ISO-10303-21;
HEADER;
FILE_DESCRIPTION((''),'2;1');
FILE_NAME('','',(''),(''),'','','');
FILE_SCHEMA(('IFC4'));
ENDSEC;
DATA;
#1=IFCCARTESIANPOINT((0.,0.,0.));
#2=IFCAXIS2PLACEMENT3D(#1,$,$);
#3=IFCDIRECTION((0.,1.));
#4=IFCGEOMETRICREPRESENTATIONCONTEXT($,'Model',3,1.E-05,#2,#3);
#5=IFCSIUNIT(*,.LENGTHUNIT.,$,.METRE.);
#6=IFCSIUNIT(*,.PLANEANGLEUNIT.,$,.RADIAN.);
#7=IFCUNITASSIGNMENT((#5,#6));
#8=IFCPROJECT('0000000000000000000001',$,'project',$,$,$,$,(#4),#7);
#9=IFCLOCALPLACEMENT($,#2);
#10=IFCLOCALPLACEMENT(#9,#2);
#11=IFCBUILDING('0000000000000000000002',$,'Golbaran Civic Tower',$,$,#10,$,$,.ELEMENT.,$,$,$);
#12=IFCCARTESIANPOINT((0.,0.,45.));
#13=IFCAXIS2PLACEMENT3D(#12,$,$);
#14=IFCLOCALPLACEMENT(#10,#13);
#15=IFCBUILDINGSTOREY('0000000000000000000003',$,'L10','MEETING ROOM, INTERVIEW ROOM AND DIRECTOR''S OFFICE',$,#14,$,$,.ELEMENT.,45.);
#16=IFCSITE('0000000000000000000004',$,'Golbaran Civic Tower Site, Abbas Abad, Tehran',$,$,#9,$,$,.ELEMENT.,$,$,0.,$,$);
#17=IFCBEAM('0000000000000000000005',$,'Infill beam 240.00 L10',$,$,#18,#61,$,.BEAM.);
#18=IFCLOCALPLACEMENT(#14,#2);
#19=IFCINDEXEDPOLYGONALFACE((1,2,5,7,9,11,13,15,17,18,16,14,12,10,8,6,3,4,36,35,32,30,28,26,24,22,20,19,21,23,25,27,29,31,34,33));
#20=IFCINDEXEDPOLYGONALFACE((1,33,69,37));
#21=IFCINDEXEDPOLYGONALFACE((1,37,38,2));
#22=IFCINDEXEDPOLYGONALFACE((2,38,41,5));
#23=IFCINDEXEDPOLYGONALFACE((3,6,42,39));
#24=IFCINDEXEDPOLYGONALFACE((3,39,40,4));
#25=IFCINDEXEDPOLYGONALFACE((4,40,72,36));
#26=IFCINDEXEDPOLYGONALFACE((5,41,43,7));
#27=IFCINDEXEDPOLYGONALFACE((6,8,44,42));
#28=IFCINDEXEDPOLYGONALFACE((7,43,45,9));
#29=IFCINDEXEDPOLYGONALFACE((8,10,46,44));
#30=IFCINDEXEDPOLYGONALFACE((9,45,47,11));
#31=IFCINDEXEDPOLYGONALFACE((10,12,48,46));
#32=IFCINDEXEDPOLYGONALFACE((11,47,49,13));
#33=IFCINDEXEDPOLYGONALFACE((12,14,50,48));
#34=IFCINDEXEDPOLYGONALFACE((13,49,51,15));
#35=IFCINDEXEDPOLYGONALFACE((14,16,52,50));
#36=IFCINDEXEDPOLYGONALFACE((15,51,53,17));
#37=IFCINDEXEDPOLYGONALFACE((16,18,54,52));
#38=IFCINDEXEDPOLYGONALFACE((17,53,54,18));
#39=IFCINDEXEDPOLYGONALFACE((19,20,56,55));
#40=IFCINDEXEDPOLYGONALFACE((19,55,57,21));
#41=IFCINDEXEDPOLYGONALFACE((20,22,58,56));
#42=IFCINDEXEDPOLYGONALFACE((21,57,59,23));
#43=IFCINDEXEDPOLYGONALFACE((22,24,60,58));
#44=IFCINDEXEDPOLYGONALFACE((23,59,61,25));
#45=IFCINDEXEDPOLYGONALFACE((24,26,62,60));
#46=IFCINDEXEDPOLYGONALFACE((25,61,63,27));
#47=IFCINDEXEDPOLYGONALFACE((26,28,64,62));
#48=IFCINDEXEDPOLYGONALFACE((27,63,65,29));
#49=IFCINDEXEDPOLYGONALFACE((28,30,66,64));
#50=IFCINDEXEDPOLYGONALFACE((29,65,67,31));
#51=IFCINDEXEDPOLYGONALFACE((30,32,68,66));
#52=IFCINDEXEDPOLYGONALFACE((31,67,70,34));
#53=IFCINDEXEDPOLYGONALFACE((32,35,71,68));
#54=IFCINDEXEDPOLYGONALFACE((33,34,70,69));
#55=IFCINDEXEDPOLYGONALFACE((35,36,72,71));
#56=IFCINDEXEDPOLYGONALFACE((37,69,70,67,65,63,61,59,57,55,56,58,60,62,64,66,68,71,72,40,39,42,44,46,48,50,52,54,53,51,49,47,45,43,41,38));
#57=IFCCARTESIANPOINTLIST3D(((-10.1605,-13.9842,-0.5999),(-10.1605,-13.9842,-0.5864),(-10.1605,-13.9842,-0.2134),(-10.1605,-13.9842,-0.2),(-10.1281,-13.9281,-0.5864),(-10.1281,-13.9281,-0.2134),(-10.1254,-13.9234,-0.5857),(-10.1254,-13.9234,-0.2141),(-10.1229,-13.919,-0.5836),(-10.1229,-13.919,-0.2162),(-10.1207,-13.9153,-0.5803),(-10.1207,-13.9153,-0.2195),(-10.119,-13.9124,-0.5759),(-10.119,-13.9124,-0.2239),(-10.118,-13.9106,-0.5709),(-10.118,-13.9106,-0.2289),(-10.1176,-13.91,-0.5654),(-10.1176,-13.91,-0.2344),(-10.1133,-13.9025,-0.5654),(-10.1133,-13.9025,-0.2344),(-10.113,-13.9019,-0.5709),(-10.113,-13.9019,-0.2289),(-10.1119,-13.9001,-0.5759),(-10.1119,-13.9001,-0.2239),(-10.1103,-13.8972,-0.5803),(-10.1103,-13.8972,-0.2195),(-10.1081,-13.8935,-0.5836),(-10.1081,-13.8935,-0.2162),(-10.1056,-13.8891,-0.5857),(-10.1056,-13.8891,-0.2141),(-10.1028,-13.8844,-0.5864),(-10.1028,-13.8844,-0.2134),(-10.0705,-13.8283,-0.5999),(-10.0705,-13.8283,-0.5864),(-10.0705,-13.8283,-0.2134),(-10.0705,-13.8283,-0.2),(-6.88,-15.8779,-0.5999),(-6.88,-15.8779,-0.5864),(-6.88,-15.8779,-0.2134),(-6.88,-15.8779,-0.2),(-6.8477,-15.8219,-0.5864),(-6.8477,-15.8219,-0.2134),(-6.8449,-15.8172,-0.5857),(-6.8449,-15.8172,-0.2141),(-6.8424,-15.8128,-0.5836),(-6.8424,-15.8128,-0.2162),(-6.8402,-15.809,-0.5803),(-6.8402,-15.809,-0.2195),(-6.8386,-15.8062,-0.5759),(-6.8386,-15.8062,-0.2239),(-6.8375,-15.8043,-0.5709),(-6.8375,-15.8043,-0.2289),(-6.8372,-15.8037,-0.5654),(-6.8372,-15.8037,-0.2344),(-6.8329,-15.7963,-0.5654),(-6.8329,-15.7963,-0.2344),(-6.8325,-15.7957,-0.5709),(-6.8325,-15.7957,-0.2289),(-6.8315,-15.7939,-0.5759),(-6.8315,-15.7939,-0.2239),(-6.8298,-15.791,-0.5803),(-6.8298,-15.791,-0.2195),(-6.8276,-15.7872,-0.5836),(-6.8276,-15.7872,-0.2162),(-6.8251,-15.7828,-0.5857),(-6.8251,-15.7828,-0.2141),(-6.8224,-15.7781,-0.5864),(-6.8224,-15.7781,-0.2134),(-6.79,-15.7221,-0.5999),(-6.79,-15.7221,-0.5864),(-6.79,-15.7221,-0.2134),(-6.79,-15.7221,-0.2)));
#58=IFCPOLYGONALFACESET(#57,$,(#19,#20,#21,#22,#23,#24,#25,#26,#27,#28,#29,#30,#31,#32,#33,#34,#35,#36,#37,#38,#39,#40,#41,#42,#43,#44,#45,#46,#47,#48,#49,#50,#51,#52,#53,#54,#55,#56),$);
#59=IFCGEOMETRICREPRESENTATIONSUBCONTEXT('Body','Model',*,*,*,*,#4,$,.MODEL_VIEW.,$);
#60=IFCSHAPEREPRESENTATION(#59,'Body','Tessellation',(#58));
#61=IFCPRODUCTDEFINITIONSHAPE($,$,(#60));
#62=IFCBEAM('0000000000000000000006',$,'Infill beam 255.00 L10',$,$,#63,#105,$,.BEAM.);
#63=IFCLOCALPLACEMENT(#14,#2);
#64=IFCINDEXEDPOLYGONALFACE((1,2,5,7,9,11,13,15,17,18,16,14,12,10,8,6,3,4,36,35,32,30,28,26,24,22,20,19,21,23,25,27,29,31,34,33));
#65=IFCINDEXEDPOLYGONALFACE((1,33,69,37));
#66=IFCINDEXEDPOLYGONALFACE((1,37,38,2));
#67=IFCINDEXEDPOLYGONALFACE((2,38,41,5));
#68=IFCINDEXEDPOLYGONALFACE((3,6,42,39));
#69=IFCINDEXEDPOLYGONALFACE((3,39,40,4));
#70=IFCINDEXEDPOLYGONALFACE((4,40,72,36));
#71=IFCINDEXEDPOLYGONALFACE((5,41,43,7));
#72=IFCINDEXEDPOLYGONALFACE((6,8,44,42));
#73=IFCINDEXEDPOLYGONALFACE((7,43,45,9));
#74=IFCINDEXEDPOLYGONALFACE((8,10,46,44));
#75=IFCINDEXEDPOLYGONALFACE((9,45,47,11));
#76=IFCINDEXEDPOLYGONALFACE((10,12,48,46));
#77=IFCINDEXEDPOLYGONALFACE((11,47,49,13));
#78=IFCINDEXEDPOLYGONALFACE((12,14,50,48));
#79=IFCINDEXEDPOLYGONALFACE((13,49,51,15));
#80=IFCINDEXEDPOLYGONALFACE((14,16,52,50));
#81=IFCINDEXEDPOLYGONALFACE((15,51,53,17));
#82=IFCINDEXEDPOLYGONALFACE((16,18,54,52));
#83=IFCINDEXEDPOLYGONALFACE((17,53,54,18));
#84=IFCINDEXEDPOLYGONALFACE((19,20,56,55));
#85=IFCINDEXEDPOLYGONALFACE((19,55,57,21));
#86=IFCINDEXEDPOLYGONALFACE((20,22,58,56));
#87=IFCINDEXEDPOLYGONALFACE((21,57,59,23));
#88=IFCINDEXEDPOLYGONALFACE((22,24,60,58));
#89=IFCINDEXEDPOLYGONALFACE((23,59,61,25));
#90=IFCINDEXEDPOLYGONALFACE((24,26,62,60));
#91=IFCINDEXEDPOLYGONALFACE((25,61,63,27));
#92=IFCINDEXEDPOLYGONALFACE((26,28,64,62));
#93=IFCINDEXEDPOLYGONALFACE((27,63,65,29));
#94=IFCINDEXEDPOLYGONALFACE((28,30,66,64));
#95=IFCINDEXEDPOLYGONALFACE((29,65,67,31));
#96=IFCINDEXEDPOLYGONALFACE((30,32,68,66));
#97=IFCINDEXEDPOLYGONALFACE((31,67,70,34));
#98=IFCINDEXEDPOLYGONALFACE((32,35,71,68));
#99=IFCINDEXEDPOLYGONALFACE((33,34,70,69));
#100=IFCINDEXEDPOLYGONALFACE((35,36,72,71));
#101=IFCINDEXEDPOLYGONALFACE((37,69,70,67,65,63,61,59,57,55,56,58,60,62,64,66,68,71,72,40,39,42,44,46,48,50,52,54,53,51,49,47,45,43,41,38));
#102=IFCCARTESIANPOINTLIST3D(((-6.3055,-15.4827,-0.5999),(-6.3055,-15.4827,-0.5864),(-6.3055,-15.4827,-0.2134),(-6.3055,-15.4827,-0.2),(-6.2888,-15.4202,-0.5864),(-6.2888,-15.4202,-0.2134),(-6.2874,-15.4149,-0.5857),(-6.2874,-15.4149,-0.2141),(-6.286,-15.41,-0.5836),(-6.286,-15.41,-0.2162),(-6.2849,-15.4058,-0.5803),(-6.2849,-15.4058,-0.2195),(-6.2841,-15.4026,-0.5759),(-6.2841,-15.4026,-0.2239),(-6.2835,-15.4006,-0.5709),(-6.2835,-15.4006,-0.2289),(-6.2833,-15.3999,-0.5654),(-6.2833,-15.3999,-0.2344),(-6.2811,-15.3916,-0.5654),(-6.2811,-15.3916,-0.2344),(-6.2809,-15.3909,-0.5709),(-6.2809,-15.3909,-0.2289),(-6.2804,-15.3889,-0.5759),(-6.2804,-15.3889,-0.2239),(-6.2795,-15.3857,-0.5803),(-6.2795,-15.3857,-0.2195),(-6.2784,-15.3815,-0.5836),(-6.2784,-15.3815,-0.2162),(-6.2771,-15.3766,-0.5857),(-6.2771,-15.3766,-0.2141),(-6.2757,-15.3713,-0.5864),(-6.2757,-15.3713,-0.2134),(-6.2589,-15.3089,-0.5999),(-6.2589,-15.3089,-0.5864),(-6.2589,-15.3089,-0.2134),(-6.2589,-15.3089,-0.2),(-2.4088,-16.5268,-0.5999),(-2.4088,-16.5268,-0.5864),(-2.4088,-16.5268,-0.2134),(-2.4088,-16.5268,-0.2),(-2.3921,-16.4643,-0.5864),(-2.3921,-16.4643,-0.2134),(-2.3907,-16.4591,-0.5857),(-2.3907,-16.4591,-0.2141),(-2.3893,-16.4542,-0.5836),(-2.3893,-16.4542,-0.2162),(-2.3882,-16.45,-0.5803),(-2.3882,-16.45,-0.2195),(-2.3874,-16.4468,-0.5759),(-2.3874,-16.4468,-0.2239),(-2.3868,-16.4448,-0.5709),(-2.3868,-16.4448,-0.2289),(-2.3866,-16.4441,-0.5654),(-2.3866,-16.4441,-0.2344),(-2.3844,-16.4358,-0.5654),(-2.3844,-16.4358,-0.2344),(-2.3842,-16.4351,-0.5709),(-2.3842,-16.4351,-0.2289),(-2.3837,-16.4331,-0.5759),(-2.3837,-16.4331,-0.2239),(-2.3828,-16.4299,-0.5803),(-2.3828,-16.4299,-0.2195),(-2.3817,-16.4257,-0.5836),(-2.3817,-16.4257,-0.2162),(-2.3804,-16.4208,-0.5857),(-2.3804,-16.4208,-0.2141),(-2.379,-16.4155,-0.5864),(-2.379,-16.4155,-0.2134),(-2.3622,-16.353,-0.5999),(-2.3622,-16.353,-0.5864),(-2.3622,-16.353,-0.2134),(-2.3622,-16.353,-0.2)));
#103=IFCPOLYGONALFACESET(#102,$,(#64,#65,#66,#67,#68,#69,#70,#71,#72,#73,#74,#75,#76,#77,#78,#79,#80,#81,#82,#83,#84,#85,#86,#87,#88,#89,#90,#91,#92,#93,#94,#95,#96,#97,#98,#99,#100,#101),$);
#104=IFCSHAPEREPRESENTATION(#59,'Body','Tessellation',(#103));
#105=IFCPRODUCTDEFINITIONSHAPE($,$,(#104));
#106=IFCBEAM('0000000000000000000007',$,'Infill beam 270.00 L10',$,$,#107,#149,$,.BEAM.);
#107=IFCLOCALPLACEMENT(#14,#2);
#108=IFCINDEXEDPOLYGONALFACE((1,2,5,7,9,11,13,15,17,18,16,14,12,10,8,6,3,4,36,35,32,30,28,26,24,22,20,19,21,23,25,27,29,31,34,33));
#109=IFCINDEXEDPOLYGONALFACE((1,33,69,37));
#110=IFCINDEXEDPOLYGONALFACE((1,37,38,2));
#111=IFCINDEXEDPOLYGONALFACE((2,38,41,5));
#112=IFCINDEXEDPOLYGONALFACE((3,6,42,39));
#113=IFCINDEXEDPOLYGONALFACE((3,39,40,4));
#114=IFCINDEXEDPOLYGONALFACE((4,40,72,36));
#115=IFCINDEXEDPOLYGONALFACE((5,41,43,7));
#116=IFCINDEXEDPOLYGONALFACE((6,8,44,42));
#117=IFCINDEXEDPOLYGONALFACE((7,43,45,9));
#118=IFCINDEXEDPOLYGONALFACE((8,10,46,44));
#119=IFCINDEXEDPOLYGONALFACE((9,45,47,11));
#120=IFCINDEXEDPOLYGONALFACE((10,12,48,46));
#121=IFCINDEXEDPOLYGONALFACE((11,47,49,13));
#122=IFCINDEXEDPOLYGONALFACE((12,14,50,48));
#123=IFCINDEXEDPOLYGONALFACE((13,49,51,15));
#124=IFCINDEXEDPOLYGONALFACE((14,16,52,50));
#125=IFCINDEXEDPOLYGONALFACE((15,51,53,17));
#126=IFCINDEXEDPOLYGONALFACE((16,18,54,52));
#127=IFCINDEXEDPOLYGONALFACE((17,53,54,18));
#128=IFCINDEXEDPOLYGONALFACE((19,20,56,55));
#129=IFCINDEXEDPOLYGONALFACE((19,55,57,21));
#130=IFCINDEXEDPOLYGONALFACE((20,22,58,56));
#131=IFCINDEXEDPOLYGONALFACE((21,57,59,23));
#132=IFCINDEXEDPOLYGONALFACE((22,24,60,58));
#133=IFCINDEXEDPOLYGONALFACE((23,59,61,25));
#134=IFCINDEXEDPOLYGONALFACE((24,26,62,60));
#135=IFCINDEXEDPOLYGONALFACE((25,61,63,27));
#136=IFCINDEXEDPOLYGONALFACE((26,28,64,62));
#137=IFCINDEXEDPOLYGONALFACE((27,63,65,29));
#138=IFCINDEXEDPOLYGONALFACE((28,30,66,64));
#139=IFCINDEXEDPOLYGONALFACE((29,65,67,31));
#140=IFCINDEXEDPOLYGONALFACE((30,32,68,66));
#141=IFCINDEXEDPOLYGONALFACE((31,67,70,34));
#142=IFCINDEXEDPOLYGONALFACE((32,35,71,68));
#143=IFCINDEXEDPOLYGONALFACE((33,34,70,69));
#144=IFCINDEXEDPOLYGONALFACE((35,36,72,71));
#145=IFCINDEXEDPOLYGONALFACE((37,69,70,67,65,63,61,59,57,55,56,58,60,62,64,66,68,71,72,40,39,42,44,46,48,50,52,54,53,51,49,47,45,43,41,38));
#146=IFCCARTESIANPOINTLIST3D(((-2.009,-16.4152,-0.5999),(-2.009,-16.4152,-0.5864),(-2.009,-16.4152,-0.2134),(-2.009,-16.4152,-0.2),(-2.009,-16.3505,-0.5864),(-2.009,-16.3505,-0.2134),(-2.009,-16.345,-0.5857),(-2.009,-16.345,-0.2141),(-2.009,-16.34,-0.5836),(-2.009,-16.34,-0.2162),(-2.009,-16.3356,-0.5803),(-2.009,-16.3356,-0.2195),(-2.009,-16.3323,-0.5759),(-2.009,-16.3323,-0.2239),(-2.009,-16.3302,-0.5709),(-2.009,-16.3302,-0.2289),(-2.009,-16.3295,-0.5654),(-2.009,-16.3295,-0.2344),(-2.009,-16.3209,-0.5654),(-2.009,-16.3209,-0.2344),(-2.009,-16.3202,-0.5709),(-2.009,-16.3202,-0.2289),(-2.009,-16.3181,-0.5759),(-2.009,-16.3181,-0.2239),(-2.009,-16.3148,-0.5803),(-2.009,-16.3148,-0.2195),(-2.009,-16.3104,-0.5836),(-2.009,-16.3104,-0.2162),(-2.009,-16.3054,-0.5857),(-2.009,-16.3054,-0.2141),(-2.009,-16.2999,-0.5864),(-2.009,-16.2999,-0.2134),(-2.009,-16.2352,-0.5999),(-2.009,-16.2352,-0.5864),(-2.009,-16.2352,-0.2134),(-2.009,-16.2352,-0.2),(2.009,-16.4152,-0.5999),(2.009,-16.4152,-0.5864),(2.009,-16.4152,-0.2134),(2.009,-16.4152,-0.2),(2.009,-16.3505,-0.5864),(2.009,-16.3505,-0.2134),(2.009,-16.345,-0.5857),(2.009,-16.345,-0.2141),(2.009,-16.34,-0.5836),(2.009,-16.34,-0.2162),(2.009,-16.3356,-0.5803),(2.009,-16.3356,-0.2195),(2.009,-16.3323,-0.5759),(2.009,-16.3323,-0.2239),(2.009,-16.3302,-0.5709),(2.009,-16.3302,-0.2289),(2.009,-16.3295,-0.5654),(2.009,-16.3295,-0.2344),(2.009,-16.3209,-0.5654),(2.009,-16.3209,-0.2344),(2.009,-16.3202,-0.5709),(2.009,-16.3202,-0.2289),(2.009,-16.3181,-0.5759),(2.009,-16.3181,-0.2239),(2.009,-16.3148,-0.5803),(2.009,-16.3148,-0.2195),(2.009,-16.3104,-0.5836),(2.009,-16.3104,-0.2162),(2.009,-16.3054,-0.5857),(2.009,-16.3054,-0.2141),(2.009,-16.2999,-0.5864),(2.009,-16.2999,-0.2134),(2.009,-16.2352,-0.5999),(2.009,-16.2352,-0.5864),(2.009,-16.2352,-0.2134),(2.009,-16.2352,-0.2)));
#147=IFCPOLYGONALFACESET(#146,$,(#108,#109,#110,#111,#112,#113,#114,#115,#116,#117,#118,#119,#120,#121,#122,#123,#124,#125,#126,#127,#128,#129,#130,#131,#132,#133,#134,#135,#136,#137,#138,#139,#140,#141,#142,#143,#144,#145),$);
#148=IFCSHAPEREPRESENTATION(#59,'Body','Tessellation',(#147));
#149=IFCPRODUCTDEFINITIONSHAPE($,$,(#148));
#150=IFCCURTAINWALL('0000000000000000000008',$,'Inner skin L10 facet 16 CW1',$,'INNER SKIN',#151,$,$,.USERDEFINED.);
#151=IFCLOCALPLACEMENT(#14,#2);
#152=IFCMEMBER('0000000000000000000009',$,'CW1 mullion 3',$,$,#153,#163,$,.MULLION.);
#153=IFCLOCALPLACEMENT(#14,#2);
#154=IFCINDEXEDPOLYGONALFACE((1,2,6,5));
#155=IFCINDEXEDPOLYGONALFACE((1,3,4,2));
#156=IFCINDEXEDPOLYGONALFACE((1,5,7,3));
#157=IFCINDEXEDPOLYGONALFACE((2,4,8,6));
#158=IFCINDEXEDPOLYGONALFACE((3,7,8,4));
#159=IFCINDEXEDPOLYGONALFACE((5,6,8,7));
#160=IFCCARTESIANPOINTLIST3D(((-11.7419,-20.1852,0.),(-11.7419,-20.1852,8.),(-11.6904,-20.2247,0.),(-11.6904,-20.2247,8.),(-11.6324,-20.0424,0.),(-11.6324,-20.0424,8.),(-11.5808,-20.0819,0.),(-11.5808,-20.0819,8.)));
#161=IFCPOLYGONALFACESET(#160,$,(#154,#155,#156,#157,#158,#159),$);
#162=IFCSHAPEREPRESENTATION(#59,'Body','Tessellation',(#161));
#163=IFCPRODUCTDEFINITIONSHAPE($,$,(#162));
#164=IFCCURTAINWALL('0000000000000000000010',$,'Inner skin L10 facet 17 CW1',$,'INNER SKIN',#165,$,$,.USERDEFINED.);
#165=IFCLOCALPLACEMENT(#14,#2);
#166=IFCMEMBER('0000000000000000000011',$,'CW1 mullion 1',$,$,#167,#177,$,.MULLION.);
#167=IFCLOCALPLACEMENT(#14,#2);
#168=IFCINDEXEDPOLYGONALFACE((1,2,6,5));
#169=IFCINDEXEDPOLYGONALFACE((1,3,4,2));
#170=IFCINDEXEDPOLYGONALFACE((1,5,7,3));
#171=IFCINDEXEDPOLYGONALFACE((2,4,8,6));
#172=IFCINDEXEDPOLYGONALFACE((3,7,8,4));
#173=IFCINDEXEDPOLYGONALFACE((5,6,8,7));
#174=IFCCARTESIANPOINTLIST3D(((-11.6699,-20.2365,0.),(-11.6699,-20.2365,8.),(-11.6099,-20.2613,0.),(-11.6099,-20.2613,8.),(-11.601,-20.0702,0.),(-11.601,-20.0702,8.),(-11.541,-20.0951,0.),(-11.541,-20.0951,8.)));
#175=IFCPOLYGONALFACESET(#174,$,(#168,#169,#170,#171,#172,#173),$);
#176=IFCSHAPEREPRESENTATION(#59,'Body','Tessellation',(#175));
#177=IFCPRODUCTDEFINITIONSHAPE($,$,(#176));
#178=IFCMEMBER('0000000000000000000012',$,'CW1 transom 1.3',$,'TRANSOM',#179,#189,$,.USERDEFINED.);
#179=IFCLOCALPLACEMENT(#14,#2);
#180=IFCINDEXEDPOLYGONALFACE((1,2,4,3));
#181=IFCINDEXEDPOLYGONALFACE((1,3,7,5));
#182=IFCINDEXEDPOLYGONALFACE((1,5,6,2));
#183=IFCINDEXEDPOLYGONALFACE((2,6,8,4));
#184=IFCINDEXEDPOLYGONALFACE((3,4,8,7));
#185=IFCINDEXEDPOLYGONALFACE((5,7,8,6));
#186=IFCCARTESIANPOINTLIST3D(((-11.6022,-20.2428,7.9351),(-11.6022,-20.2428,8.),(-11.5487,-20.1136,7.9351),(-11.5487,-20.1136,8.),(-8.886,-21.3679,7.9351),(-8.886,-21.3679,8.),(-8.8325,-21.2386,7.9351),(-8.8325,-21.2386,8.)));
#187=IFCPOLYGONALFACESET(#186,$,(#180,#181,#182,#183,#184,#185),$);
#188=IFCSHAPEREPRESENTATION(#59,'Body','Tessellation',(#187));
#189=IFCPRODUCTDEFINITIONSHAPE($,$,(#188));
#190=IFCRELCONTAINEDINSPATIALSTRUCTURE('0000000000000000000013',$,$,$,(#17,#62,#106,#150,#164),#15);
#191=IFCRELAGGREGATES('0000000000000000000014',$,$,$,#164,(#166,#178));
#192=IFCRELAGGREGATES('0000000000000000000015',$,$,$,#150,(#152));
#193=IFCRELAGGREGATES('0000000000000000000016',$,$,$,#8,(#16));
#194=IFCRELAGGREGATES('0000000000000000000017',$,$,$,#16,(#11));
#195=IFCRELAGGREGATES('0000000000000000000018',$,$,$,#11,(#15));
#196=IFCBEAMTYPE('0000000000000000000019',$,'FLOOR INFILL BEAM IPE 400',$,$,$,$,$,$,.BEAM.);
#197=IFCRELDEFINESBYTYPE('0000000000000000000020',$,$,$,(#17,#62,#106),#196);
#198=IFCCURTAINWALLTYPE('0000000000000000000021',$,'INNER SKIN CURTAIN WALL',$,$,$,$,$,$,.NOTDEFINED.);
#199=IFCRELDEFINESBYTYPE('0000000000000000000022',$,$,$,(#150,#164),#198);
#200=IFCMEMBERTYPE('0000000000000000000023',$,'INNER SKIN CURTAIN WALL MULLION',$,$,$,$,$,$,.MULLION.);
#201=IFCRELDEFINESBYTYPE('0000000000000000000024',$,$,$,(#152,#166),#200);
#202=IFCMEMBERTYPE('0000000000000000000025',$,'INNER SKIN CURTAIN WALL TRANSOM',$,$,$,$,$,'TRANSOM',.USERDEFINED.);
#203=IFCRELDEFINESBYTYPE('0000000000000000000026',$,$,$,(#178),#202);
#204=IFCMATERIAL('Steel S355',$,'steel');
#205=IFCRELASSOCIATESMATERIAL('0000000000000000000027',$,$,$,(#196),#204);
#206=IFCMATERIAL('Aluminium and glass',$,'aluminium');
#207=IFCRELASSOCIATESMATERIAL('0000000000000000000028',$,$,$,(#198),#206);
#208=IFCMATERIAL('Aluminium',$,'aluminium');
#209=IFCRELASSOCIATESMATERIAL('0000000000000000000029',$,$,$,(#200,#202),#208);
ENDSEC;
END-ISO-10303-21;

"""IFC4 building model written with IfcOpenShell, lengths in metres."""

from ifc_helpers import new_model, si_unit, direction, frame, origin, origin_2d, place, context, subcontext, project, spatial, rectangle, i_section, extrude, material, material_profile, profile_set, type_object, element, aggregate, save


model = new_model("IFC4")

# Units and contexts
model_context = context("Model", 3, precision=1e-05, world=origin(), true_north=direction((0.0, 1.0)))
body_context = subcontext(model_context, "Body", "Model", "MODEL_VIEW")
ifc_project = project(units=[si_unit("LENGTHUNIT", "METRE"), si_unit("PLANEANGLEUNIT", "RADIAN")], contexts=[model_context])

# Site, building, storey
site_placement = place(None, origin())
site = spatial("IfcSite", under=ifc_project, at=site_placement, Name="Golbaran Civic Tower Site, Abbas Abad, Tehran", CompositionType="ELEMENT", RefElevation=0.0)
building_placement = place(site_placement, origin())
building = spatial("IfcBuilding", under=site, at=building_placement, Name="Golbaran Civic Tower", CompositionType="ELEMENT")
storey_placement = place(building_placement, frame((0.0, 0.0, 45.0)))
storey = spatial("IfcBuildingStorey", under=building, at=storey_placement, Name="L10", Description="MEETING ROOM, INTERVIEW ROOM AND DIRECTOR'S OFFICE", CompositionType="ELEMENT", Elevation=45.0)

# Beams
ifc_material_1 = material(Name="Steel S355", Category="steel")
ifc_material_profile_1 = material_profile(ifc_material_1, i_section(OverallWidth=0.1799, OverallDepth=0.3999, WebThickness=0.0085, FlangeThickness=0.0134, FilletRadius=0.021, at=origin_2d()), Name="IPE 400")
ifc_profile_set_1 = profile_set([ifc_material_profile_1], Name="Steel S355")
beam_type_1 = type_object("IfcBeamType", Name="FLOOR INFILL BEAM IPE 400", PredefinedType="BEAM", material=ifc_profile_set_1)
beam_1_placement = place(storey_placement, frame((-10.1155, -13.9062, -0.3999), z_axis=(0.866049, -0.499959, 0.0), x_axis=(0.499959, 0.866049, 0.0)))
element("IfcBeam", 1, at=beam_1_placement, inside=storey, type_object=beam_type_1, Name="Infill beam 240.00 L10", PredefinedType="BEAM", context=body_context, shape_type="SweptSolid", body=[
    extrude(i_section(OverallWidth=0.1799, OverallDepth=0.3999, WebThickness=0.0085, FlangeThickness=0.0134, FilletRadius=0.021, at=origin_2d()), origin(), (0.0, 0.0, 1.0), 3.7878),
])
beam_2_placement = place(storey_placement, frame((-6.2822, -15.3958, -0.3999), z_axis=(0.965922, -0.258834, 0.0), x_axis=(0.258834, 0.965922, 0.0)))
element("IfcBeam", 2, at=beam_2_placement, inside=storey, type_object=beam_type_1, Name="Infill beam 255.00 L10", PredefinedType="BEAM", context=body_context, shape_type="SweptSolid", body=[
    extrude(i_section(OverallWidth=0.1799, OverallDepth=0.3999, WebThickness=0.0085, FlangeThickness=0.0134, FilletRadius=0.021, at=origin_2d()), origin(), (0.0, 0.0, 1.0), 4.0342),
])
beam_3_placement = place(storey_placement, frame((-2.009, -16.3252, -0.3999), z_axis=(1.0, 0.0, 0.0), x_axis=(0.0, 1.0, 0.0)))
element("IfcBeam", 3, at=beam_3_placement, inside=storey, type_object=beam_type_1, Name="Infill beam 270.00 L10", PredefinedType="BEAM", context=body_context, shape_type="SweptSolid", body=[
    extrude(i_section(OverallWidth=0.1799, OverallDepth=0.3999, WebThickness=0.0085, FlangeThickness=0.0134, FilletRadius=0.021, at=origin_2d()), origin(), (0.0, 0.0, 1.0), 4.0181),
])

# Curtain wall, member
ifc_material_2 = material(Name="Aluminium and glass", Category="aluminium")
curtain_wall_type = type_object("IfcCurtainWallType", Name="INNER SKIN CURTAIN WALL", PredefinedType="NOTDEFINED", material=ifc_material_2)
curtain_wall_1_placement = place(storey_placement, origin())
curtain_wall_1 = element("IfcCurtainWall", 4, at=curtain_wall_1_placement, inside=storey, type_object=curtain_wall_type, Name="Inner skin L10 facet 16 CW1", ObjectType="INNER SKIN", PredefinedType="USERDEFINED")
ifc_material_3 = material(Name="Aluminium", Category="aluminium")
ifc_material_profile_2 = material_profile(ifc_material_3, rectangle(XDim=0.1799, YDim=0.0649, at=origin_2d()), Name="INNER SKIN CURTAIN WALL MULLION")
ifc_profile_set_2 = profile_set([ifc_material_profile_2], Name="Aluminium")
member_type_1 = type_object("IfcMemberType", Name="INNER SKIN CURTAIN WALL MULLION", PredefinedType="MULLION", material=ifc_profile_set_2)
member_1_placement = place(storey_placement, frame((-11.6614, -20.1335, 0.0), z_axis=(0.0, 0.0, 1.0), x_axis=(0.608761, 0.793353, 0.0)))
member_1 = element("IfcMember", 5, at=member_1_placement, type_object=member_type_1, Name="CW1 mullion 3", PredefinedType="MULLION", context=body_context, shape_type="SweptSolid", body=[
    extrude(rectangle(XDim=0.1799, YDim=0.0649, at=origin_2d()), origin(), (0.0, 0.0, 1.0), 8.0),
])

# Curtain wall, members
curtain_wall_2_placement = place(storey_placement, origin())
curtain_wall_2 = element("IfcCurtainWall", 6, at=curtain_wall_2_placement, inside=storey, type_object=curtain_wall_type, Name="Inner skin L10 facet 17 CW1", ObjectType="INNER SKIN", PredefinedType="USERDEFINED")
member_2_placement = place(storey_placement, frame((-11.6055, -20.1658, 0.0), z_axis=(0.0, 0.0, 1.0), x_axis=(0.382683, 0.92388, 0.0)))
member_2 = element("IfcMember", 7, at=member_2_placement, type_object=member_type_1, Name="CW1 mullion 1", PredefinedType="MULLION", context=body_context, shape_type="SweptSolid", body=[
    extrude(rectangle(XDim=0.1799, YDim=0.0649, at=origin_2d()), origin(), (0.0, 0.0, 1.0), 8.0),
])
ifc_material_profile_3 = material_profile(ifc_material_3, rectangle(XDim=0.1399, YDim=0.0649, at=origin_2d()), Name="INNER SKIN CURTAIN WALL TRANSOM")
ifc_profile_set_3 = profile_set([ifc_material_profile_3], Name="Aluminium")
member_type_2 = type_object("IfcMemberType", Name="INNER SKIN CURTAIN WALL TRANSOM", ElementType="TRANSOM", PredefinedType="USERDEFINED", material=ifc_profile_set_3)
member_3_placement = place(storey_placement, frame((-11.5754, -20.1782, 7.9675), z_axis=(0.923883, -0.382675, 0.0), x_axis=(0.382675, 0.923883, 0.0)))
member_3 = element("IfcMember", 8, at=member_3_placement, type_object=member_type_2, Name="CW1 transom 1.3", ObjectType="TRANSOM", PredefinedType="USERDEFINED", context=body_context, shape_type="SweptSolid", body=[
    extrude(rectangle(XDim=0.1399, YDim=0.0649, at=origin_2d()), origin(), (0.0, 0.0, 1.0), 2.9399),
])
aggregate(curtain_wall_2, [member_2, member_3])

aggregate(curtain_wall_1, [member_1])

save(model, "model.ifc")
